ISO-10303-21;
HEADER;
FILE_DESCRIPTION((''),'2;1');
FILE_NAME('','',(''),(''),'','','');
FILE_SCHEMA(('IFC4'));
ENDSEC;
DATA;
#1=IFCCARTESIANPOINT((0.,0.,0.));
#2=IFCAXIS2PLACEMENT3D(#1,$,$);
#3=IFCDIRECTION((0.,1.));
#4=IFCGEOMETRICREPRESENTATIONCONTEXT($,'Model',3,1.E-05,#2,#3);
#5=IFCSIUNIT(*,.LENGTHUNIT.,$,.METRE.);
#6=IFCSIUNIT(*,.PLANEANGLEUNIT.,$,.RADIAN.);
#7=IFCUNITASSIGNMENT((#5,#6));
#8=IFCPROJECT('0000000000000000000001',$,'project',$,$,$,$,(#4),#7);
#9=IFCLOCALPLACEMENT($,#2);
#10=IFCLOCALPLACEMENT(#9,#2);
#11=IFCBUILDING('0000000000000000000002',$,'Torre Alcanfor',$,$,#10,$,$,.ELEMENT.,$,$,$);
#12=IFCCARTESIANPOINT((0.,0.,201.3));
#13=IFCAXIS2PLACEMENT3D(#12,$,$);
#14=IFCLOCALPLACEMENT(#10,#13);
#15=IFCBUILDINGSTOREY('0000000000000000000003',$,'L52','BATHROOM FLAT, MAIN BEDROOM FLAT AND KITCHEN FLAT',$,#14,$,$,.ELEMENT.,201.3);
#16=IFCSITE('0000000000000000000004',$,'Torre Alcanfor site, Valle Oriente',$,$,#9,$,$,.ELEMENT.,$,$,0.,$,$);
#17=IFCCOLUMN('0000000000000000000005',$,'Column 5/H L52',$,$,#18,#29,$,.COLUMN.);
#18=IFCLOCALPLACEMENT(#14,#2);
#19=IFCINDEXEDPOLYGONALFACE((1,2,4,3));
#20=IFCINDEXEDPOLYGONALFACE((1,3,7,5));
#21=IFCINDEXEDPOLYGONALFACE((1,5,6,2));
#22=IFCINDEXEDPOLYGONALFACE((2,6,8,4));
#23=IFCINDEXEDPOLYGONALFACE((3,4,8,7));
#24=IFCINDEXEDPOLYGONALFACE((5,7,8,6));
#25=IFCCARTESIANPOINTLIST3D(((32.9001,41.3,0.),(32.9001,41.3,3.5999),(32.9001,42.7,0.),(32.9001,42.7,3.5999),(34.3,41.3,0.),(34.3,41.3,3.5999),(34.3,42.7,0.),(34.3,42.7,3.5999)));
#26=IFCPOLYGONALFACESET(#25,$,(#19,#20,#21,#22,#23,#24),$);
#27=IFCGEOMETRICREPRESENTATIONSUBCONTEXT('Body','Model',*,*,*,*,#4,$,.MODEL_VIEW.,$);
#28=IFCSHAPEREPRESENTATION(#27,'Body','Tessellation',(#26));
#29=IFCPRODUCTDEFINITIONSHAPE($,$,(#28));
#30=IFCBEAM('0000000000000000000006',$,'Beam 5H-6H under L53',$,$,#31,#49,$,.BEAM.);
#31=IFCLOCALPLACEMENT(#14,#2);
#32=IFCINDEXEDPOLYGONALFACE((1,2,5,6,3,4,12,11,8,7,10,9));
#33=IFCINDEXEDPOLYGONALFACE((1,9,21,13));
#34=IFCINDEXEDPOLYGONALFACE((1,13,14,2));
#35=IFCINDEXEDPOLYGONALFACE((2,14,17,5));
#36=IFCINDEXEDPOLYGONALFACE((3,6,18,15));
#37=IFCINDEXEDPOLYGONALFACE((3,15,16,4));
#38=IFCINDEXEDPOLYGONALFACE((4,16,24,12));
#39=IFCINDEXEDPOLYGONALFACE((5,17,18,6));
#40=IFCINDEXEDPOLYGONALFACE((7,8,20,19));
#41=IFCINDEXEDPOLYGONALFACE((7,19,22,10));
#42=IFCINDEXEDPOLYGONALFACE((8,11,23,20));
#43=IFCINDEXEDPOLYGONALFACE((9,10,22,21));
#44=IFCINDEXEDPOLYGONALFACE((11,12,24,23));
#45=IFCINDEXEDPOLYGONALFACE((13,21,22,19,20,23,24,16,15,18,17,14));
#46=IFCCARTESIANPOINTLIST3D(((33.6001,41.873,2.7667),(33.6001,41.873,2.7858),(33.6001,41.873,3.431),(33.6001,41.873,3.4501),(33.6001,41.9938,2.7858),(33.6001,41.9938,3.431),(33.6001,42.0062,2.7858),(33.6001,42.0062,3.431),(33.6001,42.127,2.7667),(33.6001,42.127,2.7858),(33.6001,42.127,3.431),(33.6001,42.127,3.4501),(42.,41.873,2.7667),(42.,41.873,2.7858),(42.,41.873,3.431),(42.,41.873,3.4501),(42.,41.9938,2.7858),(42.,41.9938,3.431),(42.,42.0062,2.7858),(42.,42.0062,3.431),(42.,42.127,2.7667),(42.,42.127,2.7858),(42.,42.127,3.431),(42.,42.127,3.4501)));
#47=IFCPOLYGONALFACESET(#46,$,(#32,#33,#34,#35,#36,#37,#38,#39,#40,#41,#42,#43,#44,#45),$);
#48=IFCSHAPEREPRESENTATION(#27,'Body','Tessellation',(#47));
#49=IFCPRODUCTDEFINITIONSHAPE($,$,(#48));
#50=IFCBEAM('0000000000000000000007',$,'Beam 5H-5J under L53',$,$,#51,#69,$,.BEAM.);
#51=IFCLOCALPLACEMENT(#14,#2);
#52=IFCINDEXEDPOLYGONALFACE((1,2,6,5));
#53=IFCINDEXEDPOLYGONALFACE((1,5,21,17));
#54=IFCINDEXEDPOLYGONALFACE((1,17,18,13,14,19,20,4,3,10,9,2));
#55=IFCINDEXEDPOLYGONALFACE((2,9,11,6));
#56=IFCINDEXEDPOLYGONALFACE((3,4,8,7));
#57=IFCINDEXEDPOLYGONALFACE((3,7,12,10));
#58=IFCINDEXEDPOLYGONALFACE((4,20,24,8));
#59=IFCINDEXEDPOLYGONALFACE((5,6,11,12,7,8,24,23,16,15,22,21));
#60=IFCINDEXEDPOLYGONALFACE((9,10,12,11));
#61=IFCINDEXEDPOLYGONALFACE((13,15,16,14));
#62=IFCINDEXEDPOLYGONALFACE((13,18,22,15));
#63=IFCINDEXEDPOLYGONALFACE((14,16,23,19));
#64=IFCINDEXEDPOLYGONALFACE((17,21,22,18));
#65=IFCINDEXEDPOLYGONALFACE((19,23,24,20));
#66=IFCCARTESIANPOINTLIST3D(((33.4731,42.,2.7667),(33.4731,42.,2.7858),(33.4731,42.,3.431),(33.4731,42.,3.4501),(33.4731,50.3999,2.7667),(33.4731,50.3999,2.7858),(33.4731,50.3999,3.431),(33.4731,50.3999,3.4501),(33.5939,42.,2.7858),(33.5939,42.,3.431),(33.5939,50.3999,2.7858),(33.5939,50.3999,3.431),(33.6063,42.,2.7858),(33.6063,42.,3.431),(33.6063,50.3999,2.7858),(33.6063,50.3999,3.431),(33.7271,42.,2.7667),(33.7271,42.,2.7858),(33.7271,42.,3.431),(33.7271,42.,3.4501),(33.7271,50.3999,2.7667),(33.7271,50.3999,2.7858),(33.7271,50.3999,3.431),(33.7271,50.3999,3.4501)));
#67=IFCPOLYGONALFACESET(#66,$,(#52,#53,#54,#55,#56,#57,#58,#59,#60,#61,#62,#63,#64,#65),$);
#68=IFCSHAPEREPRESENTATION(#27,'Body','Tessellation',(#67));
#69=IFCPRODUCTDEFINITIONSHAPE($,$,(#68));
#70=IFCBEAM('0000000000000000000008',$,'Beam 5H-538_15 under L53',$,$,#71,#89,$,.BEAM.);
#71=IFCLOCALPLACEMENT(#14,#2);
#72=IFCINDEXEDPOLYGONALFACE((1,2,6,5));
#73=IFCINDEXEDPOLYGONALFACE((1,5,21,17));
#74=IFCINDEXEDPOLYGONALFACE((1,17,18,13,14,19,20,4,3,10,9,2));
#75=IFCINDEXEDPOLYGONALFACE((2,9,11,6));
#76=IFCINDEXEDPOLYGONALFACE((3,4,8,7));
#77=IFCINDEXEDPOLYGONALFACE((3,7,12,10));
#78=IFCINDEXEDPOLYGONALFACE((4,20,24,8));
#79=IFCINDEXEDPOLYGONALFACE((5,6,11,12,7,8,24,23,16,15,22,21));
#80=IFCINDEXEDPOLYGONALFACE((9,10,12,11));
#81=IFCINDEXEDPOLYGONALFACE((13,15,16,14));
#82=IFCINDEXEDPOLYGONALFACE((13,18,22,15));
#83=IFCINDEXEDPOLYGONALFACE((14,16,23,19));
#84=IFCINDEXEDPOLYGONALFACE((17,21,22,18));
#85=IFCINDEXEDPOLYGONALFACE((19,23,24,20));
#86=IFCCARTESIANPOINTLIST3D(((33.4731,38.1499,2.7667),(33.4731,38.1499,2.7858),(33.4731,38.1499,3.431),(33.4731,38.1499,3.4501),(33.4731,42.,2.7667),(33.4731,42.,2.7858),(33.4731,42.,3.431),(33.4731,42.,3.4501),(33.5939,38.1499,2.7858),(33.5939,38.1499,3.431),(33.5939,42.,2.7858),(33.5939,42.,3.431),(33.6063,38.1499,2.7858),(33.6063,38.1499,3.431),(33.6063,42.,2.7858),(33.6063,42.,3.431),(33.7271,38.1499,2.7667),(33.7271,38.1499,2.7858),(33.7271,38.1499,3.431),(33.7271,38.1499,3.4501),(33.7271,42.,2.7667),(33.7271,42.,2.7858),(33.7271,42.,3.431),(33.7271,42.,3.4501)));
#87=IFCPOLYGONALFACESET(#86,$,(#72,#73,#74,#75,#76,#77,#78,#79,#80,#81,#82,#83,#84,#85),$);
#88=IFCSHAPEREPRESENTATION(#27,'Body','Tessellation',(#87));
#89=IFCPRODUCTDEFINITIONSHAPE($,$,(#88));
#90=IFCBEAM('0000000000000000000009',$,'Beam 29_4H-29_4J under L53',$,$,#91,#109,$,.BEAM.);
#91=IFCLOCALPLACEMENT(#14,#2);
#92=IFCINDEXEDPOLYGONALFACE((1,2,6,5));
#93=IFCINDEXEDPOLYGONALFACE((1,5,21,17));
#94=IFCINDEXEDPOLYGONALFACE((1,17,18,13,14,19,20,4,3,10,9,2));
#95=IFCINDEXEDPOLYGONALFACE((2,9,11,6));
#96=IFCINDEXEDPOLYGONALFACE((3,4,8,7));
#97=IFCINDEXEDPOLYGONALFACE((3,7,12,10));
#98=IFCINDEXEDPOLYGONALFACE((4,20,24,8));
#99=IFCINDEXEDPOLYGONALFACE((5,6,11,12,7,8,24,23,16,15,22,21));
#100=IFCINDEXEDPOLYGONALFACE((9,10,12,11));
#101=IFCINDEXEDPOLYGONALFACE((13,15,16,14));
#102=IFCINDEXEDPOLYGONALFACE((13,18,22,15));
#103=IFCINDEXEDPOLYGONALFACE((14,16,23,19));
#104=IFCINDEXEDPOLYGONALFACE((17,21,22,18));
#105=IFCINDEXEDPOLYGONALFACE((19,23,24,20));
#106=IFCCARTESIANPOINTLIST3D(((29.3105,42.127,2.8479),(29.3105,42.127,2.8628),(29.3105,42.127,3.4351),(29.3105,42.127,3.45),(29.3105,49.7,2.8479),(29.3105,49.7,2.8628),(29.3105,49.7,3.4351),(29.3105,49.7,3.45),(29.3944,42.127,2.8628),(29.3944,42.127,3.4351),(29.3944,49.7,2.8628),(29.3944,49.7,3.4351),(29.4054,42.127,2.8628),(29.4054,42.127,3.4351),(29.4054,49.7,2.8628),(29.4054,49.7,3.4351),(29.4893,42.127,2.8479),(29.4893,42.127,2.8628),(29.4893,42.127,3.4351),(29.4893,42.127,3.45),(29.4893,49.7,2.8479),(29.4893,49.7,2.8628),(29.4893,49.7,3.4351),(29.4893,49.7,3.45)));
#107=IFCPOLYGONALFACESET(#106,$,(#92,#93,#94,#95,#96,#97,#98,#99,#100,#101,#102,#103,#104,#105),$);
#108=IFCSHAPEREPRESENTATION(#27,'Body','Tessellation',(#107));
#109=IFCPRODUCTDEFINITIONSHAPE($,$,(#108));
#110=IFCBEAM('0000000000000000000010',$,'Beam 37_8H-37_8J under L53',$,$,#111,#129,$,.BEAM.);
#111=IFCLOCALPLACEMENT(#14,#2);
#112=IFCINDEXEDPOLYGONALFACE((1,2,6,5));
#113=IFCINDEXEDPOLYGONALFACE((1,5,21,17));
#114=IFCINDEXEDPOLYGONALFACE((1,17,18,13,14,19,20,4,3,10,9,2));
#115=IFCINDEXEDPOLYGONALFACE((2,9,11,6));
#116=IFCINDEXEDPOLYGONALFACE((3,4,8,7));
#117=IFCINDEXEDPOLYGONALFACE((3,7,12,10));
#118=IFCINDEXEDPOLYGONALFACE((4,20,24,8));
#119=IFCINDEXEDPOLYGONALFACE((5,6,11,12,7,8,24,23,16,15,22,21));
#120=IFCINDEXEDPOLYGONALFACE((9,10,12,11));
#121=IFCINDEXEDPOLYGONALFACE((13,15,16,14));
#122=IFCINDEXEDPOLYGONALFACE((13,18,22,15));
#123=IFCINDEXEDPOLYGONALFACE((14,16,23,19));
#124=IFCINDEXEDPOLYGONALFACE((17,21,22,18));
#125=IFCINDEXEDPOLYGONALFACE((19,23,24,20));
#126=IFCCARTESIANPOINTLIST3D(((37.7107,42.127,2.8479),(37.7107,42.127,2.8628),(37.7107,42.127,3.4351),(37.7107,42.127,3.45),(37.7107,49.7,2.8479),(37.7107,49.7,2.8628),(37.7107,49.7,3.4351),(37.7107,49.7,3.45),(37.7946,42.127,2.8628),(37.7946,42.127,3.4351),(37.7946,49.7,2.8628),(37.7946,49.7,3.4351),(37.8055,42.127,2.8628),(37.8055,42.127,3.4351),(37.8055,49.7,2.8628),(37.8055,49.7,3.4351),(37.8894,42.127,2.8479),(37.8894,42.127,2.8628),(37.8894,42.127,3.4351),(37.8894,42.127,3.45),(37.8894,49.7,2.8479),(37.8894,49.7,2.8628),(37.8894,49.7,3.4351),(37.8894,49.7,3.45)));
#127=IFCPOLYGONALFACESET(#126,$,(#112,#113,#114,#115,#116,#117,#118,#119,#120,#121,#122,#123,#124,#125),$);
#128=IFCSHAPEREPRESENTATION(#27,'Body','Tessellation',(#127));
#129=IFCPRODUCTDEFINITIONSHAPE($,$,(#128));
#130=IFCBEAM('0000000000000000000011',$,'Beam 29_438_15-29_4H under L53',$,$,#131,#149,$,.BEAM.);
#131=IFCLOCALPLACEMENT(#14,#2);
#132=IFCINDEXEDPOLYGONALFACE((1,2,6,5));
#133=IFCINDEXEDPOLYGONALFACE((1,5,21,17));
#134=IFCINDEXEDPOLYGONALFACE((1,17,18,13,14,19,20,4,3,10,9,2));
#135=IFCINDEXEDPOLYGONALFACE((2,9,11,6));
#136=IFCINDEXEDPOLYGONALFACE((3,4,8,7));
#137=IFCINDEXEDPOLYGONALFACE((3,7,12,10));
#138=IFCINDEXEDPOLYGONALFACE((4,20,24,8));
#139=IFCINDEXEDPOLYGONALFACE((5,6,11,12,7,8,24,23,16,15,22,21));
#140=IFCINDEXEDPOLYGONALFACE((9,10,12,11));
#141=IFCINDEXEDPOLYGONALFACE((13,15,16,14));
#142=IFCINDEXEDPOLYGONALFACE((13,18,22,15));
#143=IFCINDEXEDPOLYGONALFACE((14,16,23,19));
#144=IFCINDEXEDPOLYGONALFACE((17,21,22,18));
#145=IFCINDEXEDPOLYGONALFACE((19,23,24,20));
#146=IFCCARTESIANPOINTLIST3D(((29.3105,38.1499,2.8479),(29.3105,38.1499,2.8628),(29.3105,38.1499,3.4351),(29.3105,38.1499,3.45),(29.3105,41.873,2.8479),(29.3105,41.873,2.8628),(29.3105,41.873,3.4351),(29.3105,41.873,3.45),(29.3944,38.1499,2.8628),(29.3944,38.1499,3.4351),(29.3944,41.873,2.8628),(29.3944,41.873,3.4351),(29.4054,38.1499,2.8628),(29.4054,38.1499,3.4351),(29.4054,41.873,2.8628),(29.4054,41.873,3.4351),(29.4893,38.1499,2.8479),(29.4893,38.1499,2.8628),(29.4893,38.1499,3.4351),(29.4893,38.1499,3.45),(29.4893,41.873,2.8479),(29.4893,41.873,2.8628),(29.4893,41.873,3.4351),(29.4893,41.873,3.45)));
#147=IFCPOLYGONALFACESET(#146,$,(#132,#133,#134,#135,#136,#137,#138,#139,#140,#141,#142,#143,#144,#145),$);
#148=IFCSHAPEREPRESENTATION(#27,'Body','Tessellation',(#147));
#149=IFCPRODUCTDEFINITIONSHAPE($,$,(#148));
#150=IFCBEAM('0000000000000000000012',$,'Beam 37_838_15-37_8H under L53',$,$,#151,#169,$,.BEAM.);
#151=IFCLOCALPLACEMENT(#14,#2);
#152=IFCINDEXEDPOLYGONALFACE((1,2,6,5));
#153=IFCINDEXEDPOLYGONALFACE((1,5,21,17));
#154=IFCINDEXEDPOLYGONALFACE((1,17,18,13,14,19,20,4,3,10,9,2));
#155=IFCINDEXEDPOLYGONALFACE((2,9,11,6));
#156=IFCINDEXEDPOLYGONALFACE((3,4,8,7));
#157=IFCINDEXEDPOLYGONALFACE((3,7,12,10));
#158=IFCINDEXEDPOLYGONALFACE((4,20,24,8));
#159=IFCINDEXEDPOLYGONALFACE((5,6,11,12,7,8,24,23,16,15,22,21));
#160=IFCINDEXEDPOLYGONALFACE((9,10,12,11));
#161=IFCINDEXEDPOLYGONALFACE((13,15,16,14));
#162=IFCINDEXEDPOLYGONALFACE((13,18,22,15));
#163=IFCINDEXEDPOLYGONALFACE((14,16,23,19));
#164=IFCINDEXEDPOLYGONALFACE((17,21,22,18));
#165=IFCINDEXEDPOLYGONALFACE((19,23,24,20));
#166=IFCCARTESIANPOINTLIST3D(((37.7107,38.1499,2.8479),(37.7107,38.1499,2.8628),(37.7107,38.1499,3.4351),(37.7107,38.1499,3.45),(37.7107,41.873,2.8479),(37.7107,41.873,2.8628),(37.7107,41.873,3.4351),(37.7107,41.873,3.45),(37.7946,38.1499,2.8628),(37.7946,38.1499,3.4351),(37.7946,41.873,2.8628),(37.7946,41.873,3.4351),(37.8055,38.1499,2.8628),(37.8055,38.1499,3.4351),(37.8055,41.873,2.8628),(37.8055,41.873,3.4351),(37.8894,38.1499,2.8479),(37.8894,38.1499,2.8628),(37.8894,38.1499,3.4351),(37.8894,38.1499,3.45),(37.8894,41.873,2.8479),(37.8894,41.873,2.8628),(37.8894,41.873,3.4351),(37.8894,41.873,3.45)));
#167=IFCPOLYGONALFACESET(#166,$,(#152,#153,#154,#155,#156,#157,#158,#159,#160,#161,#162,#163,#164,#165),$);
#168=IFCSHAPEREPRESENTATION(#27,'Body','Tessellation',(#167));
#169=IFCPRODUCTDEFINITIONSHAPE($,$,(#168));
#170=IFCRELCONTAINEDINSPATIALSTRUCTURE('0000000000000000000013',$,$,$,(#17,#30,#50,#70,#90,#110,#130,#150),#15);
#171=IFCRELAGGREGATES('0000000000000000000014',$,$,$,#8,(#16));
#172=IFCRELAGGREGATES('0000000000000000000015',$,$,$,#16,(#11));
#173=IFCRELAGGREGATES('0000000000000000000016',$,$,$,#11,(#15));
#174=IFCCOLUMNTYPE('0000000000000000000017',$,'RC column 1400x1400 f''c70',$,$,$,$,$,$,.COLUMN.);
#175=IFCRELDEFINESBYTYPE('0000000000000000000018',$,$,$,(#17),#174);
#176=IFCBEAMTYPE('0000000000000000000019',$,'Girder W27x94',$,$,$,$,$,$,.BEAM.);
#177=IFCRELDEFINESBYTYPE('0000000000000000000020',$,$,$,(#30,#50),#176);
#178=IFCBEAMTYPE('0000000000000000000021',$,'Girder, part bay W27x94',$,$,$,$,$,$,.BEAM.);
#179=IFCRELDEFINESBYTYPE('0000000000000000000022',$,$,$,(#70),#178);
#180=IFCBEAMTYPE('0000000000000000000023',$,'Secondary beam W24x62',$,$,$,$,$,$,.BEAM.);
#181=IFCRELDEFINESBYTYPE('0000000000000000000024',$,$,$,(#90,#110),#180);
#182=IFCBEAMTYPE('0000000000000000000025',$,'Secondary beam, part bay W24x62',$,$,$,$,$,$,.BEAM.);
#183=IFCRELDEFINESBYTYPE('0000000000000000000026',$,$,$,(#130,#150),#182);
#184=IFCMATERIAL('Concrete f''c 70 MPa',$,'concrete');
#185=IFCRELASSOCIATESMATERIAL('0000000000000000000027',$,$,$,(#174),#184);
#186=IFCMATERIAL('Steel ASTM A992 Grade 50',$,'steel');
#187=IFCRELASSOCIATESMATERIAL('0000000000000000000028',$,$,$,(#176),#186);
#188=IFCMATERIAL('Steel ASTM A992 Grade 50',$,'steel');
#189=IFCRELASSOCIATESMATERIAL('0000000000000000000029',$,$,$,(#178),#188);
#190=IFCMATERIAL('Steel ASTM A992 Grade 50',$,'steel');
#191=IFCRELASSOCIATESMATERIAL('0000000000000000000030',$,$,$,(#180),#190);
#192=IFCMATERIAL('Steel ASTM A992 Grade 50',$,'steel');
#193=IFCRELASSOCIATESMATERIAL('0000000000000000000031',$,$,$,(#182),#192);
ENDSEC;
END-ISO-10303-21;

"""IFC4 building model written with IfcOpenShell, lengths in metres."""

from ifc_helpers import new_model, si_unit, direction, frame, origin, origin_2d, place, context, subcontext, project, spatial, rectangle, i_section, extrude, material, material_profile, profile_set, type_object, element, save


model = new_model("IFC4")

# Units and contexts
model_context = context("Model", 3, precision=1e-05, world=origin(), true_north=direction((0.0, 1.0)))
body_context = subcontext(model_context, "Body", "Model", "MODEL_VIEW")
ifc_project = project(units=[si_unit("LENGTHUNIT", "METRE"), si_unit("PLANEANGLEUNIT", "RADIAN")], contexts=[model_context])

# Site, building, storey
site_placement = place(None, origin())
site = spatial("IfcSite", under=ifc_project, at=site_placement, Name="Torre Alcanfor site, Valle Oriente", CompositionType="ELEMENT", RefElevation=0.0)
building_placement = place(site_placement, origin())
building = spatial("IfcBuilding", under=site, at=building_placement, Name="Torre Alcanfor", CompositionType="ELEMENT")
storey_placement = place(building_placement, frame((0.0, 0.0, 201.3)))
storey = spatial("IfcBuildingStorey", under=building, at=storey_placement, Name="L52", Description="BATHROOM FLAT, MAIN BEDROOM FLAT AND KITCHEN FLAT", CompositionType="ELEMENT", Elevation=201.3)

# Column
ifc_material_1 = material(Name="Concrete f'c 70 MPa", Category="concrete")
ifc_material_profile_1 = material_profile(ifc_material_1, rectangle(XDim=1.3999, YDim=1.3999, at=origin_2d()), Name="1400x1400")
ifc_profile_set_1 = profile_set([ifc_material_profile_1], Name="Concrete f'c 70 MPa")
column_type = type_object("IfcColumnType", Name="RC column 1400x1400 f'c70", PredefinedType="COLUMN", material=ifc_profile_set_1)
column_placement = place(storey_placement, frame((33.6001, 42.0, 0.0), z_axis=(0.0, 0.0, 1.0), x_axis=(1.0, 0.0, 0.0)))
element("IfcColumn", 1, at=column_placement, inside=storey, type_object=column_type, Name="Column 5/H L52", PredefinedType="COLUMN", context=body_context, shape_type="SweptSolid", body=[
    extrude(rectangle(XDim=1.3999, YDim=1.3999, at=origin_2d()), origin(), (0.0, 0.0, 1.0), 3.5999),
])

# Beams
ifc_material_2 = material(Name="Steel ASTM A992 Grade 50", Category="steel")
ifc_material_profile_2 = material_profile(ifc_material_2, i_section(OverallWidth=0.2539, OverallDepth=0.6833, WebThickness=0.0125, FlangeThickness=0.019, at=origin_2d()), Name="W27x94")
ifc_profile_set_2 = profile_set([ifc_material_profile_2], Name="Steel ASTM A992 Grade 50")
beam_type_1 = type_object("IfcBeamType", Name="Girder W27x94", PredefinedType="BEAM", material=ifc_profile_set_2)
for number, where, z_axis, x_axis, name in (
    (2, (33.6001, 42.0, 3.1084), (1.0, 0.0, 0.0), (0.0, 1.0, 0.0), "Beam 5H-6H under L53"),
    (3, (33.6001, 42.0, 3.1084), (0.0, 1.0, 0.0), (-1.0, 0.0, 0.0), "Beam 5H-5J under L53"),
):
    element("IfcBeam", number, at=place(storey_placement, frame(where, z_axis=z_axis, x_axis=x_axis)), inside=storey, type_object=beam_type_1, Name=name, PredefinedType="BEAM", context=body_context, shape_type="SweptSolid", body=[
        extrude(i_section(OverallWidth=0.2539, OverallDepth=0.6833, WebThickness=0.0125, FlangeThickness=0.019, at=origin_2d()), origin(), (0.0, 0.0, 1.0), 8.3999),
    ])
ifc_material_3 = material(Name="Steel ASTM A992 Grade 50", Category="steel")
ifc_material_profile_3 = material_profile(ifc_material_3, i_section(OverallWidth=0.2539, OverallDepth=0.6833, WebThickness=0.0125, FlangeThickness=0.019, at=origin_2d()), Name="W27x94")
ifc_profile_set_3 = profile_set([ifc_material_profile_3], Name="Steel ASTM A992 Grade 50")
beam_type_2 = type_object("IfcBeamType", Name="Girder, part bay W27x94", PredefinedType="BEAM", material=ifc_profile_set_3)
beam_1_placement = place(storey_placement, frame((33.6001, 42.0, 3.1084), z_axis=(0.0, -1.0, 0.0), x_axis=(1.0, 0.0, 0.0)))
element("IfcBeam", 4, at=beam_1_placement, inside=storey, type_object=beam_type_2, Name="Beam 5H-538_15 under L53", PredefinedType="BEAM", context=body_context, shape_type="SweptSolid", body=[
    extrude(i_section(OverallWidth=0.2539, OverallDepth=0.6833, WebThickness=0.0125, FlangeThickness=0.019, at=origin_2d()), origin(), (0.0, 0.0, 1.0), 3.8501),
])
ifc_material_4 = material(Name="Steel ASTM A992 Grade 50", Category="steel")
ifc_material_profile_4 = material_profile(ifc_material_4, i_section(OverallWidth=0.1787, OverallDepth=0.6021, WebThickness=0.011, FlangeThickness=0.0149, at=origin_2d()), Name="W24x62")
ifc_profile_set_4 = profile_set([ifc_material_profile_4], Name="Steel ASTM A992 Grade 50")
beam_type_3 = type_object("IfcBeamType", Name="Secondary beam W24x62", PredefinedType="BEAM", material=ifc_profile_set_4)
for number, where, z_axis, x_axis, name in (
    (5, (29.3999, 42.127, 3.1489), (0.0, 1.0, 0.0), (-1.0, 0.0, 0.0), "Beam 29_4H-29_4J under L53"),
    (6, (37.8, 42.127, 3.1489), (0.0, 1.0, 0.0), (-1.0, 0.0, 0.0), "Beam 37_8H-37_8J under L53"),
):
    element("IfcBeam", number, at=place(storey_placement, frame(where, z_axis=z_axis, x_axis=x_axis)), inside=storey, type_object=beam_type_3, Name=name, PredefinedType="BEAM", context=body_context, shape_type="SweptSolid", body=[
        extrude(i_section(OverallWidth=0.1787, OverallDepth=0.6021, WebThickness=0.011, FlangeThickness=0.0149, at=origin_2d()), origin(), (0.0, 0.0, 1.0), 7.573),
    ])
ifc_material_5 = material(Name="Steel ASTM A992 Grade 50", Category="steel")
ifc_material_profile_5 = material_profile(ifc_material_5, i_section(OverallWidth=0.1787, OverallDepth=0.6021, WebThickness=0.011, FlangeThickness=0.0149, at=origin_2d()), Name="W24x62")
ifc_profile_set_5 = profile_set([ifc_material_profile_5], Name="Steel ASTM A992 Grade 50")
beam_type_4 = type_object("IfcBeamType", Name="Secondary beam, part bay W24x62", PredefinedType="BEAM", material=ifc_profile_set_5)
for number, where, z_axis, x_axis, name in (
    (7, (29.3999, 38.1499, 3.1489), (0.0, 1.0, 0.0), (-1.0, 0.0, 0.0), "Beam 29_438_15-29_4H under L53"),
    (8, (37.8, 38.1499, 3.1489), (0.0, 1.0, 0.0), (-1.0, 0.0, 0.0), "Beam 37_838_15-37_8H under L53"),
):
    element("IfcBeam", number, at=place(storey_placement, frame(where, z_axis=z_axis, x_axis=x_axis)), inside=storey, type_object=beam_type_4, Name=name, PredefinedType="BEAM", context=body_context, shape_type="SweptSolid", body=[
        extrude(i_section(OverallWidth=0.1787, OverallDepth=0.6021, WebThickness=0.011, FlangeThickness=0.0149, at=origin_2d()), origin(), (0.0, 0.0, 1.0), 3.7231),
    ])

save(model, "model.ifc")
